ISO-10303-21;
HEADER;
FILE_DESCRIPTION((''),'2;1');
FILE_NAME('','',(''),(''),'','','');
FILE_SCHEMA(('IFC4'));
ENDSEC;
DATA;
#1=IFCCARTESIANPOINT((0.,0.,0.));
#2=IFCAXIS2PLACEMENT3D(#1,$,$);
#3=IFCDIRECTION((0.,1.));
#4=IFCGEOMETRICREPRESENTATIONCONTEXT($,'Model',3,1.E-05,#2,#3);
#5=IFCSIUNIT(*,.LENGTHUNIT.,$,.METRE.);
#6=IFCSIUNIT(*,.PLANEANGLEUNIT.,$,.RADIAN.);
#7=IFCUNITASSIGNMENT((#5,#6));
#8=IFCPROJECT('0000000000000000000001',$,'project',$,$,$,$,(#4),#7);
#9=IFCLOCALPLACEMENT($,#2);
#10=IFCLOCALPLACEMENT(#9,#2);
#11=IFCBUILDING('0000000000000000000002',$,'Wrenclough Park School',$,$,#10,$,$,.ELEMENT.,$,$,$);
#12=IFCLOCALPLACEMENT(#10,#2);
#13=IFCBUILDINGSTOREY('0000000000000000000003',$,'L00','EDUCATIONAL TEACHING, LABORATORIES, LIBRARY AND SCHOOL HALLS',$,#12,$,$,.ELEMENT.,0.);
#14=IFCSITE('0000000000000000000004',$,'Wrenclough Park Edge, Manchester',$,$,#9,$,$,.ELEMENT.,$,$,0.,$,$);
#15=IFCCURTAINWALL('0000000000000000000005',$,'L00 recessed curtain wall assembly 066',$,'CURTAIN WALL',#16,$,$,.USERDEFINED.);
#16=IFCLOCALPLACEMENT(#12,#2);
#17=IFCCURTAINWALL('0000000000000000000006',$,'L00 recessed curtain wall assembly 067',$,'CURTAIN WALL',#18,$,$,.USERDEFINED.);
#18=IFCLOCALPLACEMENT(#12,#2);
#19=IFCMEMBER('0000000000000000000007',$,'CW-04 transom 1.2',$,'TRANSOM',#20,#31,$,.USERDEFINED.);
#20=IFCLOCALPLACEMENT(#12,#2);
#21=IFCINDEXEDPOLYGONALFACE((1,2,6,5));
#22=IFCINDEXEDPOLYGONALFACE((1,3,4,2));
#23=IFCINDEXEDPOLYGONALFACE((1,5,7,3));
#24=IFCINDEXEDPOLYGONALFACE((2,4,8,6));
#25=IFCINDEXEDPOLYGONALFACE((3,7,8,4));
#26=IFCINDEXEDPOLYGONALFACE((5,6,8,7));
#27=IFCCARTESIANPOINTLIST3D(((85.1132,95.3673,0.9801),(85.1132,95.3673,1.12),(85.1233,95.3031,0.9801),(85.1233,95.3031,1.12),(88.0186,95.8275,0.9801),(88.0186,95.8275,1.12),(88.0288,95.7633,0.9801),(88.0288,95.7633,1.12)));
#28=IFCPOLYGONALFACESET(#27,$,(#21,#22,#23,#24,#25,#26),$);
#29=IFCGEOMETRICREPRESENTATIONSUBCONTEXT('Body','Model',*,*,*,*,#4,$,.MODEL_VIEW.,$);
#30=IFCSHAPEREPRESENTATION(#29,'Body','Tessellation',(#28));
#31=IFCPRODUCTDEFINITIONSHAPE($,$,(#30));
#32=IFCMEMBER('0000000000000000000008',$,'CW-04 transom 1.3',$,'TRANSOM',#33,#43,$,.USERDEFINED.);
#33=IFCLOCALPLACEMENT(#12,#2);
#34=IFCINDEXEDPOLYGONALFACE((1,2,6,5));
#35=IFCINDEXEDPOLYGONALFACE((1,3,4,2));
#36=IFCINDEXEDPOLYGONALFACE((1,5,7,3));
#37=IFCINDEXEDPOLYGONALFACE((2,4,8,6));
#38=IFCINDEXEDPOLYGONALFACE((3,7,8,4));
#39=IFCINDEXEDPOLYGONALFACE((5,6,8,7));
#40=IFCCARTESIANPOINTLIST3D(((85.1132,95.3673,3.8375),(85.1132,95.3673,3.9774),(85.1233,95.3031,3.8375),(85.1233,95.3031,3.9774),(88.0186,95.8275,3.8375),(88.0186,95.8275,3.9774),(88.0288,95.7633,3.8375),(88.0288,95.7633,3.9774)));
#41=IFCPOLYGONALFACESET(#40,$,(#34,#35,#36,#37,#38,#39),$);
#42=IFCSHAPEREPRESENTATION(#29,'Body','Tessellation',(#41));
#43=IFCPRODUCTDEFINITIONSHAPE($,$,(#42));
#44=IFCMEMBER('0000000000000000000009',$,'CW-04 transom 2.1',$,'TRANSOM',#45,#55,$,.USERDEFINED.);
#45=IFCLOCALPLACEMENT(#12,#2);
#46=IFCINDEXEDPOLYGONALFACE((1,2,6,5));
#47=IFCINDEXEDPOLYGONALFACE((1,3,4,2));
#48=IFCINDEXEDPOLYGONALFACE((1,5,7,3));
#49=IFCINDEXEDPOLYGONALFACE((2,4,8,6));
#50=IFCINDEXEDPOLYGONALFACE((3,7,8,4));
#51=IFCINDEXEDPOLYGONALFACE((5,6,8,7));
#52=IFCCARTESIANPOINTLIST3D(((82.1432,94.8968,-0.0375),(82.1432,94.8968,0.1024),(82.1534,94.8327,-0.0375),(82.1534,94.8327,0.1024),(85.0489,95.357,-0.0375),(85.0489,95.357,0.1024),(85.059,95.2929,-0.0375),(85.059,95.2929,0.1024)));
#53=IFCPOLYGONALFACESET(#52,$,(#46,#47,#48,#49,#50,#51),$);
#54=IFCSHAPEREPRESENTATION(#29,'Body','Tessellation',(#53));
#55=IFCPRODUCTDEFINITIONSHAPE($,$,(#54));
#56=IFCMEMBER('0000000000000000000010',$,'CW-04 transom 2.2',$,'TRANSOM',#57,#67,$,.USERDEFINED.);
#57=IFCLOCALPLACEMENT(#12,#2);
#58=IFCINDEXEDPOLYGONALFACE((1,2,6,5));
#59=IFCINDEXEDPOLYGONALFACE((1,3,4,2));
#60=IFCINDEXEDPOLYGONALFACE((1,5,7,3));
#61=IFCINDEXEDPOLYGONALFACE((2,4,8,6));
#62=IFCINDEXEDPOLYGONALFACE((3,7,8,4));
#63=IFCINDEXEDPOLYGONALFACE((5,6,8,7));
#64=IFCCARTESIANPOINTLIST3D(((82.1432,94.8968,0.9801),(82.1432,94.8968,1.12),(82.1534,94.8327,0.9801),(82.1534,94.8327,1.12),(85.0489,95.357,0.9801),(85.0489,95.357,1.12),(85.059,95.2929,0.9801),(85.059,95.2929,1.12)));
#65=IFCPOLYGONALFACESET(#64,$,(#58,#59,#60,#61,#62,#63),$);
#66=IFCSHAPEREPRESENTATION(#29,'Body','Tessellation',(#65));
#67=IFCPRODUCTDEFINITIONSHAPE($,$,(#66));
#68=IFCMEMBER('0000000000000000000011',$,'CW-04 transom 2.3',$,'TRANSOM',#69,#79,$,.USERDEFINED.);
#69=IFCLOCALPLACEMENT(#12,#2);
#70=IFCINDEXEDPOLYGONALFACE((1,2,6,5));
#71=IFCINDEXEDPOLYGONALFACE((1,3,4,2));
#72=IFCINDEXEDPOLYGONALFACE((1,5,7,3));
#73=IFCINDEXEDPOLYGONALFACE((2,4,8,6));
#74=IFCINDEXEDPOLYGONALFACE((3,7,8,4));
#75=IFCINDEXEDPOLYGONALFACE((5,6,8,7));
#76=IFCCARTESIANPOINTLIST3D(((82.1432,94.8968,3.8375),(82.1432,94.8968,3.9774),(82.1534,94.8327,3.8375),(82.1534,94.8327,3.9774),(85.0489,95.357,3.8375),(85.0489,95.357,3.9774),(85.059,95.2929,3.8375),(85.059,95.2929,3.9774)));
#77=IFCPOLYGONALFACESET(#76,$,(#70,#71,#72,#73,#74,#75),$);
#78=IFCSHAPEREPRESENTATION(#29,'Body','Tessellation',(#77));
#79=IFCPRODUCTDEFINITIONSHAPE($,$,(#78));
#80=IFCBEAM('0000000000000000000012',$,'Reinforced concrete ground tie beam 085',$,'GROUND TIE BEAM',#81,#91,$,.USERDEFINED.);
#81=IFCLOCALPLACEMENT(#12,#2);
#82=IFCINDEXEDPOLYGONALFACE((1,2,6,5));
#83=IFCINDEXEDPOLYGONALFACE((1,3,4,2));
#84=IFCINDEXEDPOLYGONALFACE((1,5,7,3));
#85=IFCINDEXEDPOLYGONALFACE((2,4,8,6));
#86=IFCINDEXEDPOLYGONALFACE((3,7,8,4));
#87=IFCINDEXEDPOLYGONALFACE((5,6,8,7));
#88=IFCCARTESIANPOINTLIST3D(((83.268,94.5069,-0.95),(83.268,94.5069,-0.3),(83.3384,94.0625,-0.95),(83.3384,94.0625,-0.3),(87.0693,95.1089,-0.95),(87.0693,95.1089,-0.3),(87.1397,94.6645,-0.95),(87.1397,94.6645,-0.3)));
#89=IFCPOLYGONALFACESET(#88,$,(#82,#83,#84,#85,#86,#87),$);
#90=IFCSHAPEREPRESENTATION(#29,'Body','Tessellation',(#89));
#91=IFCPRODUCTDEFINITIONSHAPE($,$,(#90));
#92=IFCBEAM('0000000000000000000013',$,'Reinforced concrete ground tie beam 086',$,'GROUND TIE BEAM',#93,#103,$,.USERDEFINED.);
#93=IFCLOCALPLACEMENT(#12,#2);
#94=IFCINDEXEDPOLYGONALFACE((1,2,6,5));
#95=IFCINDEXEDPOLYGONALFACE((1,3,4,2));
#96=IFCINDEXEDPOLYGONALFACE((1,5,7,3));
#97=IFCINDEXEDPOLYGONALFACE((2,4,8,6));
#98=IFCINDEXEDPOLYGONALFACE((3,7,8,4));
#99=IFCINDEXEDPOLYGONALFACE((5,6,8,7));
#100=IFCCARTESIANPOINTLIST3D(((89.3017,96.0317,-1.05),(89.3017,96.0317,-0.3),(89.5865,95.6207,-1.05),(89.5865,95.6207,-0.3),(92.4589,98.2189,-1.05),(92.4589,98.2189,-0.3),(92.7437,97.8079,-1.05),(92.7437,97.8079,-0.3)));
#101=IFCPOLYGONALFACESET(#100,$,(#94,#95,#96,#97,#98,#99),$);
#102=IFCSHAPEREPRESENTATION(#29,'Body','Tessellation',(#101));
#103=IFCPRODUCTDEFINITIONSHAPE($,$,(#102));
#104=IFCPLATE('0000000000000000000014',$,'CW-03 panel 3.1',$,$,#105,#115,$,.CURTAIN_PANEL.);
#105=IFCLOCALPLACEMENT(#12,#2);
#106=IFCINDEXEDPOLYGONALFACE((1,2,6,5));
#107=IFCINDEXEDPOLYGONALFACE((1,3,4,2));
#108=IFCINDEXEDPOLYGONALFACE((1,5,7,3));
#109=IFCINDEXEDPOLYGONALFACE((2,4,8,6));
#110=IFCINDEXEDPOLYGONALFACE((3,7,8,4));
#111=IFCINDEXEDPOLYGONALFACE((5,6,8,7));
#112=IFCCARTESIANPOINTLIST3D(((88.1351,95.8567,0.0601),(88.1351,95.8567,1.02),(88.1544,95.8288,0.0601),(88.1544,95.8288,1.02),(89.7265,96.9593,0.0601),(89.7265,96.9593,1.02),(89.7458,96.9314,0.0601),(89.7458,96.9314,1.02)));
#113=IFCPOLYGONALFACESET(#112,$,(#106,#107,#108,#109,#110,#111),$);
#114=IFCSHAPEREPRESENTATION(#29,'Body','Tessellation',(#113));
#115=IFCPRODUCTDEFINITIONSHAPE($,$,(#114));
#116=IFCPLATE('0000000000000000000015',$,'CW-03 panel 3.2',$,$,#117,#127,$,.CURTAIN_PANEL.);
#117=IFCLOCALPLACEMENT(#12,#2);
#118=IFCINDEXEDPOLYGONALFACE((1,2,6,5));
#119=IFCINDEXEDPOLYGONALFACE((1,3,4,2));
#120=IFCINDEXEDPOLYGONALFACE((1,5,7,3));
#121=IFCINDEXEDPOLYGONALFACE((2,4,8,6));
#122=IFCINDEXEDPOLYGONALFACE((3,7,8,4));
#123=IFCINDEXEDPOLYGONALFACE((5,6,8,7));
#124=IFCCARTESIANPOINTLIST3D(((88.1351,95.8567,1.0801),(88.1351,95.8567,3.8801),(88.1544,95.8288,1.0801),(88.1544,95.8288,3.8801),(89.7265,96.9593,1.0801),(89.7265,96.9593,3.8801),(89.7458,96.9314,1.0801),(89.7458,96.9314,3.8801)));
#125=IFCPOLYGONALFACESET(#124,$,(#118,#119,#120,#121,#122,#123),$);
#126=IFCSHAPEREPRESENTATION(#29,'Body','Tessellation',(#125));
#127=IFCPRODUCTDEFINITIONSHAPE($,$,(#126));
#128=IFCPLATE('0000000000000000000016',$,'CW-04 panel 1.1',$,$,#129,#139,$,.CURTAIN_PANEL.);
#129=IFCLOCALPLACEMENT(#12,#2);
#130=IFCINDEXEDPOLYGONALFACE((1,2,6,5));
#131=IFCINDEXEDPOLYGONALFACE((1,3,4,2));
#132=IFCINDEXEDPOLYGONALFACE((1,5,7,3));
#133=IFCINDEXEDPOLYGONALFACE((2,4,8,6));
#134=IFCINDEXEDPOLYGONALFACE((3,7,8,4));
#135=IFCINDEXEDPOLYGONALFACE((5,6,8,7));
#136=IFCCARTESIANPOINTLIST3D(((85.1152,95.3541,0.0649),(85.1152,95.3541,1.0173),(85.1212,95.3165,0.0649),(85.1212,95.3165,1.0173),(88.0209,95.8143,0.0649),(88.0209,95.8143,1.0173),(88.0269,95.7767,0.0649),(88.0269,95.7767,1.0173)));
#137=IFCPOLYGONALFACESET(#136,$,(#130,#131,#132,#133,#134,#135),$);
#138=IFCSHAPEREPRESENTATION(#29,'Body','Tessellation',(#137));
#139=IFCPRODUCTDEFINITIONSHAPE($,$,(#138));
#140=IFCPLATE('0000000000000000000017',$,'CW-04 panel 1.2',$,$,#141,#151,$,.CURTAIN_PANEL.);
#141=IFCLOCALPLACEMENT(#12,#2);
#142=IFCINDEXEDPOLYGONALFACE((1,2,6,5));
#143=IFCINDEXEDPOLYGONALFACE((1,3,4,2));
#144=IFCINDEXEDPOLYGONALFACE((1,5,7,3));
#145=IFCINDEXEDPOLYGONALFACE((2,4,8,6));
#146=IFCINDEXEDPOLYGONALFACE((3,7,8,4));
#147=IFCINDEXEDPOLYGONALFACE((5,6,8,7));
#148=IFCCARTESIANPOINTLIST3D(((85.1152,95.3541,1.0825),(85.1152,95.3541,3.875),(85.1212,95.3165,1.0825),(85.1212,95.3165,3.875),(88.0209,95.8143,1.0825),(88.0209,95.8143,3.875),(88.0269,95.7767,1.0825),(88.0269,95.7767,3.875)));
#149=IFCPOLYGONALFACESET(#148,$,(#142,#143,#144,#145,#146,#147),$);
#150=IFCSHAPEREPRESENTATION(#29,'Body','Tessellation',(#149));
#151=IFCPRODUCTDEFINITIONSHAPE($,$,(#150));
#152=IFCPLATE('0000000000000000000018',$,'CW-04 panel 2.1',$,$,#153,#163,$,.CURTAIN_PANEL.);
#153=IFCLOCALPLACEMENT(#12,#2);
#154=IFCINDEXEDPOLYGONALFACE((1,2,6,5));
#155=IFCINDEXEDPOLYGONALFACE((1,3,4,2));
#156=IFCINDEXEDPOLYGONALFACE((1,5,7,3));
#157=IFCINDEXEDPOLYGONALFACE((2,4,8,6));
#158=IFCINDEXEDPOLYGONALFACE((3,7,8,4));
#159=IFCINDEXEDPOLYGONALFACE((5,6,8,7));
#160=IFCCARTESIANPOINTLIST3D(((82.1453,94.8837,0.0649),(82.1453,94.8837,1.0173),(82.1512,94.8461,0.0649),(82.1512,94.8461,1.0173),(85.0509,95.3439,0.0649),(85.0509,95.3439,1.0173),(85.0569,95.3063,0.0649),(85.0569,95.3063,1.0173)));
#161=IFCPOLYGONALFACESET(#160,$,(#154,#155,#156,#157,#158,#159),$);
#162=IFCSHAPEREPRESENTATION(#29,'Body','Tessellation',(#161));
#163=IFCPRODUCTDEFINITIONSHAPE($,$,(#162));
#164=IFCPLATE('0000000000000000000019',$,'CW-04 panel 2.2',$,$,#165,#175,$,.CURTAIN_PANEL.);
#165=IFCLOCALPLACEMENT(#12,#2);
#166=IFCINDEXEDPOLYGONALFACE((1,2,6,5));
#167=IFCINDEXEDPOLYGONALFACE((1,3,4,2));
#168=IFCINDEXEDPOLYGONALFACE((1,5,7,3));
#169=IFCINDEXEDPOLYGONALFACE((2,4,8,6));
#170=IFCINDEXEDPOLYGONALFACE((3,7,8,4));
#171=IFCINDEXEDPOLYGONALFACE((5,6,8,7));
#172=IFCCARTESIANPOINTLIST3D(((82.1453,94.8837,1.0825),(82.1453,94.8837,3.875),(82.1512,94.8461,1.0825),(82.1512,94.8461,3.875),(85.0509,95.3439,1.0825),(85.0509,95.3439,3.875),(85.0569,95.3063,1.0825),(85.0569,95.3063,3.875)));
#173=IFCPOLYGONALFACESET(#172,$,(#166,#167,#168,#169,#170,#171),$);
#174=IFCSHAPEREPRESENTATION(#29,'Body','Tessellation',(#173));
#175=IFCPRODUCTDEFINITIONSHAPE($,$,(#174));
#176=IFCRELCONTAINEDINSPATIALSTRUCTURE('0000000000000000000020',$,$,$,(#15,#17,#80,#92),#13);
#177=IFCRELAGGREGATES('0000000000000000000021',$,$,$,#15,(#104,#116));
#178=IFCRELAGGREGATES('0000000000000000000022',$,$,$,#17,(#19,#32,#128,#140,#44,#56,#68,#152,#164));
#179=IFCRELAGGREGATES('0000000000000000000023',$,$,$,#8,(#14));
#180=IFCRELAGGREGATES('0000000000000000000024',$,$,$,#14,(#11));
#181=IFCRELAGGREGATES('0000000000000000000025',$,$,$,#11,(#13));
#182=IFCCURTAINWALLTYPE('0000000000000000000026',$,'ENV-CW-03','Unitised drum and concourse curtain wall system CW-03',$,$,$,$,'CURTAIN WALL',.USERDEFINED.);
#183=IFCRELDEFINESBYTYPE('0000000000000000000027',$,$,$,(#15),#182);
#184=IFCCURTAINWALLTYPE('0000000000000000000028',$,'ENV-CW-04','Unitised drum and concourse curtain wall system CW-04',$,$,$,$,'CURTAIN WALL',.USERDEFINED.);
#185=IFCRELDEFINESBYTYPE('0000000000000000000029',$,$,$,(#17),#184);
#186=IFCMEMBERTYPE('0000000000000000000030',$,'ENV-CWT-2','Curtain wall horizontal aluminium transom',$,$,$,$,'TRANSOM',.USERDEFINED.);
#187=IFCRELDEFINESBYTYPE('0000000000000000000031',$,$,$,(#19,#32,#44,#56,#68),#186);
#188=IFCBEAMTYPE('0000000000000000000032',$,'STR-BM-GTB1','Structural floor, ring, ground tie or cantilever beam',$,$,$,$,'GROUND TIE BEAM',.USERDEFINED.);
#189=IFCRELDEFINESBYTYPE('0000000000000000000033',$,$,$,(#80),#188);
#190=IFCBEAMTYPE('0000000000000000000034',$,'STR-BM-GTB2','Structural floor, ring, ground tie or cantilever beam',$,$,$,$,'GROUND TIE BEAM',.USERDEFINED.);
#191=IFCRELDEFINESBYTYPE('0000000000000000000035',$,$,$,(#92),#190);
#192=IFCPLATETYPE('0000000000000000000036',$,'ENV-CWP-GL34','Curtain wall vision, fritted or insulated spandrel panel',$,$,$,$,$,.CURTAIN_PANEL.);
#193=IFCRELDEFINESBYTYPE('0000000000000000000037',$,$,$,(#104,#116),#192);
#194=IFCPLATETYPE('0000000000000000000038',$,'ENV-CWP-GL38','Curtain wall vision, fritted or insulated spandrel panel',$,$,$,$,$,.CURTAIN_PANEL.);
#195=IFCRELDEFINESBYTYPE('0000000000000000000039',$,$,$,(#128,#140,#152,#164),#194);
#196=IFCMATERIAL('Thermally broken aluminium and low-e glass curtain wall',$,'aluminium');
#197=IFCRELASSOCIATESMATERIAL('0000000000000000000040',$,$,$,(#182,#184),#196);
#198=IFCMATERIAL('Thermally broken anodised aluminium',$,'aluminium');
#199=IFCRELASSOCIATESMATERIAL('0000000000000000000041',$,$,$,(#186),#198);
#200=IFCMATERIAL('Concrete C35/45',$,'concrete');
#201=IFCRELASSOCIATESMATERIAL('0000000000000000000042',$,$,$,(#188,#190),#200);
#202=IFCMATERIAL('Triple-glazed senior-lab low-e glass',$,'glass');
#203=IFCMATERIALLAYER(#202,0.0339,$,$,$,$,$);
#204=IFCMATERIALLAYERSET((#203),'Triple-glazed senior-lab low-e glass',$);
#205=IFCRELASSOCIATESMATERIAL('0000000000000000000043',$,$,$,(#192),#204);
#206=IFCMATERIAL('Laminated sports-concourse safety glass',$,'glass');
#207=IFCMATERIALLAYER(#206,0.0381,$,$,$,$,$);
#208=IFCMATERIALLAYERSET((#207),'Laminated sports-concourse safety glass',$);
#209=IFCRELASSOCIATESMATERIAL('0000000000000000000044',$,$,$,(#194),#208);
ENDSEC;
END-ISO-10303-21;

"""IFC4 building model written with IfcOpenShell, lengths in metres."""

from ifc_helpers import new_model, si_unit, direction, frame, origin, origin_2d, place, context, subcontext, project, spatial, rectangle, extrude, material, layer, layer_set, material_profile, profile_set, type_object, element, aggregate, save


model = new_model("IFC4")

# Units and contexts
model_context = context("Model", 3, precision=1e-05, world=origin(), true_north=direction((0.0, 1.0)))
body_context = subcontext(model_context, "Body", "Model", "MODEL_VIEW")
ifc_project = project(units=[si_unit("LENGTHUNIT", "METRE"), si_unit("PLANEANGLEUNIT", "RADIAN")], contexts=[model_context])

# Site, building, storey
site_placement = place(None, origin())
site = spatial("IfcSite", under=ifc_project, at=site_placement, Name="Wrenclough Park Edge, Manchester", CompositionType="ELEMENT", RefElevation=0.0)
building_placement = place(site_placement, origin())
building = spatial("IfcBuilding", under=site, at=building_placement, Name="Wrenclough Park School", CompositionType="ELEMENT")
storey_placement = place(building_placement, origin())
storey = spatial("IfcBuildingStorey", under=building, at=storey_placement, Name="L00", Description="EDUCATIONAL TEACHING, LABORATORIES, LIBRARY AND SCHOOL HALLS", CompositionType="ELEMENT", Elevation=0.0)

# Shared definitions
ifc_material_1 = material(Name="Concrete C35/45", Category="concrete")

# Curtain wall
ifc_material_2 = material(Name="Thermally broken aluminium and low-e glass curtain wall", Category="aluminium")
curtain_wall_type_1 = type_object("IfcCurtainWallType", Name="ENV-CW-03", Description="Unitised drum and concourse curtain wall system CW-03", ElementType="CURTAIN WALL", PredefinedType="USERDEFINED", material=ifc_material_2)
curtain_wall_1_placement = place(storey_placement, origin())
curtain_wall_1 = element("IfcCurtainWall", 1, at=curtain_wall_1_placement, inside=storey, type_object=curtain_wall_type_1, Name="L00 recessed curtain wall assembly 066", ObjectType="CURTAIN WALL", PredefinedType="USERDEFINED")
ifc_material_3 = material(Name="Thermally broken anodised aluminium", Category="aluminium")

# Curtain wall, members
curtain_wall_type_2 = type_object("IfcCurtainWallType", Name="ENV-CW-04", Description="Unitised drum and concourse curtain wall system CW-04", ElementType="CURTAIN WALL", PredefinedType="USERDEFINED", material=ifc_material_2)
curtain_wall_2_placement = place(storey_placement, origin())
curtain_wall_2 = element("IfcCurtainWall", 2, at=curtain_wall_2_placement, inside=storey, type_object=curtain_wall_type_2, Name="L00 recessed curtain wall assembly 067", ObjectType="CURTAIN WALL", PredefinedType="USERDEFINED")
ifc_material_profile_1 = material_profile(ifc_material_3, rectangle(XDim=0.0649, YDim=0.1399, at=origin_2d()), Name="AL TRANSOM 65x140")
ifc_profile_set_1 = profile_set([ifc_material_profile_1], Name="Thermally broken anodised aluminium")
member_type_1 = type_object("IfcMemberType", Name="ENV-CWT-2", Description="Curtain wall horizontal aluminium transom", ElementType="TRANSOM", PredefinedType="USERDEFINED", material=ifc_profile_set_1)
member_1_placement = place(storey_placement, frame((88.0237, 95.7954, 1.05), z_axis=(-0.987687, -0.15644, 0.0), x_axis=(0.15644, -0.987687, 0.0)))
member_1 = element("IfcMember", 3, at=member_1_placement, type_object=member_type_1, Name="CW-04 transom 1.2", ObjectType="TRANSOM", PredefinedType="USERDEFINED", context=body_context, shape_type="SweptSolid", body=[
    extrude(rectangle(XDim=0.0649, YDim=0.1399, at=origin_2d()), origin(), (0.0, 0.0, 1.0), 2.9417),
])
member_2_placement = place(storey_placement, frame((88.0237, 95.7954, 3.9075), z_axis=(-0.987687, -0.15644, 0.0), x_axis=(0.15644, -0.987687, 0.0)))
member_2 = element("IfcMember", 4, at=member_2_placement, type_object=member_type_1, Name="CW-04 transom 1.3", ObjectType="TRANSOM", PredefinedType="USERDEFINED", context=body_context, shape_type="SweptSolid", body=[
    extrude(rectangle(XDim=0.0649, YDim=0.1399, at=origin_2d()), origin(), (0.0, 0.0, 1.0), 2.9417),
])
member_3_placement = place(storey_placement, frame((85.054, 95.325, 0.0325), z_axis=(-0.98769, -0.156427, 0.0), x_axis=(0.156427, -0.98769, 0.0)))
member_3 = element("IfcMember", 5, at=member_3_placement, type_object=member_type_1, Name="CW-04 transom 2.1", ObjectType="TRANSOM", PredefinedType="USERDEFINED", context=body_context, shape_type="SweptSolid", body=[
    extrude(rectangle(XDim=0.0649, YDim=0.1399, at=origin_2d()), origin(), (0.0, 0.0, 1.0), 2.9419),
])
member_4_placement = place(storey_placement, frame((85.054, 95.325, 1.05), z_axis=(-0.98769, -0.156427, 0.0), x_axis=(0.156427, -0.98769, 0.0)))
member_4 = element("IfcMember", 6, at=member_4_placement, type_object=member_type_1, Name="CW-04 transom 2.2", ObjectType="TRANSOM", PredefinedType="USERDEFINED", context=body_context, shape_type="SweptSolid", body=[
    extrude(rectangle(XDim=0.0649, YDim=0.1399, at=origin_2d()), origin(), (0.0, 0.0, 1.0), 2.9419),
])
member_5_placement = place(storey_placement, frame((85.054, 95.325, 3.9075), z_axis=(-0.98769, -0.156427, 0.0), x_axis=(0.156427, -0.98769, 0.0)))
member_5 = element("IfcMember", 7, at=member_5_placement, type_object=member_type_1, Name="CW-04 transom 2.3", ObjectType="TRANSOM", PredefinedType="USERDEFINED", context=body_context, shape_type="SweptSolid", body=[
    extrude(rectangle(XDim=0.0649, YDim=0.1399, at=origin_2d()), origin(), (0.0, 0.0, 1.0), 2.9419),
])

# Beams
ifc_material_profile_2 = material_profile(ifc_material_1, rectangle(XDim=0.45, YDim=0.6499, at=origin_2d()), Name="RC GROUND 450x650")
ifc_profile_set_2 = profile_set([ifc_material_profile_2], Name="Concrete C35/45")
beam_type_1 = type_object("IfcBeamType", Name="STR-BM-GTB1", Description="Structural floor, ring, ground tie or cantilever beam", ElementType="GROUND TIE BEAM", PredefinedType="USERDEFINED", material=ifc_profile_set_2)
beam_1_placement = place(storey_placement, frame((83.3032, 94.2847, -0.625), z_axis=(0.987689, 0.156432, 0.0), x_axis=(-0.156432, 0.987689, 0.0)))
element("IfcBeam", 8, at=beam_1_placement, inside=storey, type_object=beam_type_1, Name="Reinforced concrete ground tie beam 085", ObjectType="GROUND TIE BEAM", PredefinedType="USERDEFINED", context=body_context, shape_type="SweptSolid", body=[
    extrude(rectangle(XDim=0.45, YDim=0.6499, at=origin_2d()), origin(), (0.0, 0.0, 1.0), 3.8486),
])
ifc_material_profile_3 = material_profile(ifc_material_1, rectangle(XDim=0.5, YDim=0.75, at=origin_2d()), Name="RC GROUND 500x750")
ifc_profile_set_3 = profile_set([ifc_material_profile_3], Name="Concrete C35/45")
beam_type_2 = type_object("IfcBeamType", Name="STR-BM-GTB2", Description="Structural floor, ring, ground tie or cantilever beam", ElementType="GROUND TIE BEAM", PredefinedType="USERDEFINED", material=ifc_profile_set_3)
beam_2_placement = place(storey_placement, frame((89.4441, 95.8262, -0.675), z_axis=(0.822011, 0.569471, 0.0), x_axis=(-0.569471, 0.822011, 0.0)))
element("IfcBeam", 9, at=beam_2_placement, inside=storey, type_object=beam_type_2, Name="Reinforced concrete ground tie beam 086", ObjectType="GROUND TIE BEAM", PredefinedType="USERDEFINED", context=body_context, shape_type="SweptSolid", body=[
    extrude(rectangle(XDim=0.5, YDim=0.75, at=origin_2d()), origin(), (0.0, 0.0, 1.0), 3.8408),
])

# Plates
ifc_material_4 = material(Name="Triple-glazed senior-lab low-e glass", Category="glass")
ifc_layer_1 = layer(ifc_material_4, 0.0339)
ifc_layer_set_1 = layer_set([ifc_layer_1], Name="Triple-glazed senior-lab low-e glass")
plate_type_1 = type_object("IfcPlateType", Name="ENV-CWP-GL34", Description="Curtain wall vision, fritted or insulated spandrel panel", PredefinedType="CURTAIN_PANEL", material=ifc_layer_set_1)
plate_1_placement = place(storey_placement, frame((88.9404, 96.394, 0.0601), z_axis=(0.0, 0.0, 1.0), x_axis=(-0.822001, -0.569486, 0.0)))
plate_1 = element("IfcPlate", 10, at=plate_1_placement, type_object=plate_type_1, Name="CW-03 panel 3.1", PredefinedType="CURTAIN_PANEL", context=body_context, shape_type="SweptSolid", body=[
    extrude(rectangle(XDim=1.936, YDim=0.0339, at=origin_2d()), origin(), (0.0, 0.0, 1.0), 0.96),
])
plate_2_placement = place(storey_placement, frame((88.9404, 96.394, 1.0801), z_axis=(0.0, 0.0, 1.0), x_axis=(-0.822001, -0.569486, 0.0)))
plate_2 = element("IfcPlate", 11, at=plate_2_placement, type_object=plate_type_1, Name="CW-03 panel 3.2", PredefinedType="CURTAIN_PANEL", context=body_context, shape_type="SweptSolid", body=[
    extrude(rectangle(XDim=1.936, YDim=0.0339, at=origin_2d()), origin(), (0.0, 0.0, 1.0), 2.8),
])
aggregate(curtain_wall_1, [plate_1, plate_2])
ifc_material_5 = material(Name="Laminated sports-concourse safety glass", Category="glass")
ifc_layer_2 = layer(ifc_material_5, 0.0381)
ifc_layer_set_2 = layer_set([ifc_layer_2], Name="Laminated sports-concourse safety glass")
plate_type_2 = type_object("IfcPlateType", Name="ENV-CWP-GL38", Description="Curtain wall vision, fritted or insulated spandrel panel", PredefinedType="CURTAIN_PANEL", material=ifc_layer_set_2)
plate_3_placement = place(storey_placement, frame((86.571, 95.5654, 0.0649), z_axis=(0.0, 0.0, 1.0), x_axis=(-0.98769, -0.156425, 0.0)))
plate_3 = element("IfcPlate", 12, at=plate_3_placement, type_object=plate_type_2, Name="CW-04 panel 1.1", PredefinedType="CURTAIN_PANEL", context=body_context, shape_type="SweptSolid", body=[
    extrude(rectangle(XDim=2.9419, YDim=0.0381, at=origin_2d()), origin(), (0.0, 0.0, 1.0), 0.9524),
])
plate_4_placement = place(storey_placement, frame((86.571, 95.5654, 1.0825), z_axis=(0.0, 0.0, 1.0), x_axis=(-0.98769, -0.156425, 0.0)))
plate_4 = element("IfcPlate", 13, at=plate_4_placement, type_object=plate_type_2, Name="CW-04 panel 1.2", PredefinedType="CURTAIN_PANEL", context=body_context, shape_type="SweptSolid", body=[
    extrude(rectangle(XDim=2.9419, YDim=0.0381, at=origin_2d()), origin(), (0.0, 0.0, 1.0), 2.7925),
])
plate_5_placement = place(storey_placement, frame((83.6011, 95.095, 0.0649), z_axis=(0.0, 0.0, 1.0), x_axis=(-0.98769, -0.156425, 0.0)))
plate_5 = element("IfcPlate", 14, at=plate_5_placement, type_object=plate_type_2, Name="CW-04 panel 2.1", PredefinedType="CURTAIN_PANEL", context=body_context, shape_type="SweptSolid", body=[
    extrude(rectangle(XDim=2.9419, YDim=0.0381, at=origin_2d()), origin(), (0.0, 0.0, 1.0), 0.9524),
])
plate_6_placement = place(storey_placement, frame((83.6011, 95.095, 1.0825), z_axis=(0.0, 0.0, 1.0), x_axis=(-0.98769, -0.156425, 0.0)))
plate_6 = element("IfcPlate", 15, at=plate_6_placement, type_object=plate_type_2, Name="CW-04 panel 2.2", PredefinedType="CURTAIN_PANEL", context=body_context, shape_type="SweptSolid", body=[
    extrude(rectangle(XDim=2.9419, YDim=0.0381, at=origin_2d()), origin(), (0.0, 0.0, 1.0), 2.7925),
])
aggregate(curtain_wall_2, [member_1, member_2, plate_3, plate_4, member_3, member_4, member_5, plate_5, plate_6])

save(model, "model.ifc")
